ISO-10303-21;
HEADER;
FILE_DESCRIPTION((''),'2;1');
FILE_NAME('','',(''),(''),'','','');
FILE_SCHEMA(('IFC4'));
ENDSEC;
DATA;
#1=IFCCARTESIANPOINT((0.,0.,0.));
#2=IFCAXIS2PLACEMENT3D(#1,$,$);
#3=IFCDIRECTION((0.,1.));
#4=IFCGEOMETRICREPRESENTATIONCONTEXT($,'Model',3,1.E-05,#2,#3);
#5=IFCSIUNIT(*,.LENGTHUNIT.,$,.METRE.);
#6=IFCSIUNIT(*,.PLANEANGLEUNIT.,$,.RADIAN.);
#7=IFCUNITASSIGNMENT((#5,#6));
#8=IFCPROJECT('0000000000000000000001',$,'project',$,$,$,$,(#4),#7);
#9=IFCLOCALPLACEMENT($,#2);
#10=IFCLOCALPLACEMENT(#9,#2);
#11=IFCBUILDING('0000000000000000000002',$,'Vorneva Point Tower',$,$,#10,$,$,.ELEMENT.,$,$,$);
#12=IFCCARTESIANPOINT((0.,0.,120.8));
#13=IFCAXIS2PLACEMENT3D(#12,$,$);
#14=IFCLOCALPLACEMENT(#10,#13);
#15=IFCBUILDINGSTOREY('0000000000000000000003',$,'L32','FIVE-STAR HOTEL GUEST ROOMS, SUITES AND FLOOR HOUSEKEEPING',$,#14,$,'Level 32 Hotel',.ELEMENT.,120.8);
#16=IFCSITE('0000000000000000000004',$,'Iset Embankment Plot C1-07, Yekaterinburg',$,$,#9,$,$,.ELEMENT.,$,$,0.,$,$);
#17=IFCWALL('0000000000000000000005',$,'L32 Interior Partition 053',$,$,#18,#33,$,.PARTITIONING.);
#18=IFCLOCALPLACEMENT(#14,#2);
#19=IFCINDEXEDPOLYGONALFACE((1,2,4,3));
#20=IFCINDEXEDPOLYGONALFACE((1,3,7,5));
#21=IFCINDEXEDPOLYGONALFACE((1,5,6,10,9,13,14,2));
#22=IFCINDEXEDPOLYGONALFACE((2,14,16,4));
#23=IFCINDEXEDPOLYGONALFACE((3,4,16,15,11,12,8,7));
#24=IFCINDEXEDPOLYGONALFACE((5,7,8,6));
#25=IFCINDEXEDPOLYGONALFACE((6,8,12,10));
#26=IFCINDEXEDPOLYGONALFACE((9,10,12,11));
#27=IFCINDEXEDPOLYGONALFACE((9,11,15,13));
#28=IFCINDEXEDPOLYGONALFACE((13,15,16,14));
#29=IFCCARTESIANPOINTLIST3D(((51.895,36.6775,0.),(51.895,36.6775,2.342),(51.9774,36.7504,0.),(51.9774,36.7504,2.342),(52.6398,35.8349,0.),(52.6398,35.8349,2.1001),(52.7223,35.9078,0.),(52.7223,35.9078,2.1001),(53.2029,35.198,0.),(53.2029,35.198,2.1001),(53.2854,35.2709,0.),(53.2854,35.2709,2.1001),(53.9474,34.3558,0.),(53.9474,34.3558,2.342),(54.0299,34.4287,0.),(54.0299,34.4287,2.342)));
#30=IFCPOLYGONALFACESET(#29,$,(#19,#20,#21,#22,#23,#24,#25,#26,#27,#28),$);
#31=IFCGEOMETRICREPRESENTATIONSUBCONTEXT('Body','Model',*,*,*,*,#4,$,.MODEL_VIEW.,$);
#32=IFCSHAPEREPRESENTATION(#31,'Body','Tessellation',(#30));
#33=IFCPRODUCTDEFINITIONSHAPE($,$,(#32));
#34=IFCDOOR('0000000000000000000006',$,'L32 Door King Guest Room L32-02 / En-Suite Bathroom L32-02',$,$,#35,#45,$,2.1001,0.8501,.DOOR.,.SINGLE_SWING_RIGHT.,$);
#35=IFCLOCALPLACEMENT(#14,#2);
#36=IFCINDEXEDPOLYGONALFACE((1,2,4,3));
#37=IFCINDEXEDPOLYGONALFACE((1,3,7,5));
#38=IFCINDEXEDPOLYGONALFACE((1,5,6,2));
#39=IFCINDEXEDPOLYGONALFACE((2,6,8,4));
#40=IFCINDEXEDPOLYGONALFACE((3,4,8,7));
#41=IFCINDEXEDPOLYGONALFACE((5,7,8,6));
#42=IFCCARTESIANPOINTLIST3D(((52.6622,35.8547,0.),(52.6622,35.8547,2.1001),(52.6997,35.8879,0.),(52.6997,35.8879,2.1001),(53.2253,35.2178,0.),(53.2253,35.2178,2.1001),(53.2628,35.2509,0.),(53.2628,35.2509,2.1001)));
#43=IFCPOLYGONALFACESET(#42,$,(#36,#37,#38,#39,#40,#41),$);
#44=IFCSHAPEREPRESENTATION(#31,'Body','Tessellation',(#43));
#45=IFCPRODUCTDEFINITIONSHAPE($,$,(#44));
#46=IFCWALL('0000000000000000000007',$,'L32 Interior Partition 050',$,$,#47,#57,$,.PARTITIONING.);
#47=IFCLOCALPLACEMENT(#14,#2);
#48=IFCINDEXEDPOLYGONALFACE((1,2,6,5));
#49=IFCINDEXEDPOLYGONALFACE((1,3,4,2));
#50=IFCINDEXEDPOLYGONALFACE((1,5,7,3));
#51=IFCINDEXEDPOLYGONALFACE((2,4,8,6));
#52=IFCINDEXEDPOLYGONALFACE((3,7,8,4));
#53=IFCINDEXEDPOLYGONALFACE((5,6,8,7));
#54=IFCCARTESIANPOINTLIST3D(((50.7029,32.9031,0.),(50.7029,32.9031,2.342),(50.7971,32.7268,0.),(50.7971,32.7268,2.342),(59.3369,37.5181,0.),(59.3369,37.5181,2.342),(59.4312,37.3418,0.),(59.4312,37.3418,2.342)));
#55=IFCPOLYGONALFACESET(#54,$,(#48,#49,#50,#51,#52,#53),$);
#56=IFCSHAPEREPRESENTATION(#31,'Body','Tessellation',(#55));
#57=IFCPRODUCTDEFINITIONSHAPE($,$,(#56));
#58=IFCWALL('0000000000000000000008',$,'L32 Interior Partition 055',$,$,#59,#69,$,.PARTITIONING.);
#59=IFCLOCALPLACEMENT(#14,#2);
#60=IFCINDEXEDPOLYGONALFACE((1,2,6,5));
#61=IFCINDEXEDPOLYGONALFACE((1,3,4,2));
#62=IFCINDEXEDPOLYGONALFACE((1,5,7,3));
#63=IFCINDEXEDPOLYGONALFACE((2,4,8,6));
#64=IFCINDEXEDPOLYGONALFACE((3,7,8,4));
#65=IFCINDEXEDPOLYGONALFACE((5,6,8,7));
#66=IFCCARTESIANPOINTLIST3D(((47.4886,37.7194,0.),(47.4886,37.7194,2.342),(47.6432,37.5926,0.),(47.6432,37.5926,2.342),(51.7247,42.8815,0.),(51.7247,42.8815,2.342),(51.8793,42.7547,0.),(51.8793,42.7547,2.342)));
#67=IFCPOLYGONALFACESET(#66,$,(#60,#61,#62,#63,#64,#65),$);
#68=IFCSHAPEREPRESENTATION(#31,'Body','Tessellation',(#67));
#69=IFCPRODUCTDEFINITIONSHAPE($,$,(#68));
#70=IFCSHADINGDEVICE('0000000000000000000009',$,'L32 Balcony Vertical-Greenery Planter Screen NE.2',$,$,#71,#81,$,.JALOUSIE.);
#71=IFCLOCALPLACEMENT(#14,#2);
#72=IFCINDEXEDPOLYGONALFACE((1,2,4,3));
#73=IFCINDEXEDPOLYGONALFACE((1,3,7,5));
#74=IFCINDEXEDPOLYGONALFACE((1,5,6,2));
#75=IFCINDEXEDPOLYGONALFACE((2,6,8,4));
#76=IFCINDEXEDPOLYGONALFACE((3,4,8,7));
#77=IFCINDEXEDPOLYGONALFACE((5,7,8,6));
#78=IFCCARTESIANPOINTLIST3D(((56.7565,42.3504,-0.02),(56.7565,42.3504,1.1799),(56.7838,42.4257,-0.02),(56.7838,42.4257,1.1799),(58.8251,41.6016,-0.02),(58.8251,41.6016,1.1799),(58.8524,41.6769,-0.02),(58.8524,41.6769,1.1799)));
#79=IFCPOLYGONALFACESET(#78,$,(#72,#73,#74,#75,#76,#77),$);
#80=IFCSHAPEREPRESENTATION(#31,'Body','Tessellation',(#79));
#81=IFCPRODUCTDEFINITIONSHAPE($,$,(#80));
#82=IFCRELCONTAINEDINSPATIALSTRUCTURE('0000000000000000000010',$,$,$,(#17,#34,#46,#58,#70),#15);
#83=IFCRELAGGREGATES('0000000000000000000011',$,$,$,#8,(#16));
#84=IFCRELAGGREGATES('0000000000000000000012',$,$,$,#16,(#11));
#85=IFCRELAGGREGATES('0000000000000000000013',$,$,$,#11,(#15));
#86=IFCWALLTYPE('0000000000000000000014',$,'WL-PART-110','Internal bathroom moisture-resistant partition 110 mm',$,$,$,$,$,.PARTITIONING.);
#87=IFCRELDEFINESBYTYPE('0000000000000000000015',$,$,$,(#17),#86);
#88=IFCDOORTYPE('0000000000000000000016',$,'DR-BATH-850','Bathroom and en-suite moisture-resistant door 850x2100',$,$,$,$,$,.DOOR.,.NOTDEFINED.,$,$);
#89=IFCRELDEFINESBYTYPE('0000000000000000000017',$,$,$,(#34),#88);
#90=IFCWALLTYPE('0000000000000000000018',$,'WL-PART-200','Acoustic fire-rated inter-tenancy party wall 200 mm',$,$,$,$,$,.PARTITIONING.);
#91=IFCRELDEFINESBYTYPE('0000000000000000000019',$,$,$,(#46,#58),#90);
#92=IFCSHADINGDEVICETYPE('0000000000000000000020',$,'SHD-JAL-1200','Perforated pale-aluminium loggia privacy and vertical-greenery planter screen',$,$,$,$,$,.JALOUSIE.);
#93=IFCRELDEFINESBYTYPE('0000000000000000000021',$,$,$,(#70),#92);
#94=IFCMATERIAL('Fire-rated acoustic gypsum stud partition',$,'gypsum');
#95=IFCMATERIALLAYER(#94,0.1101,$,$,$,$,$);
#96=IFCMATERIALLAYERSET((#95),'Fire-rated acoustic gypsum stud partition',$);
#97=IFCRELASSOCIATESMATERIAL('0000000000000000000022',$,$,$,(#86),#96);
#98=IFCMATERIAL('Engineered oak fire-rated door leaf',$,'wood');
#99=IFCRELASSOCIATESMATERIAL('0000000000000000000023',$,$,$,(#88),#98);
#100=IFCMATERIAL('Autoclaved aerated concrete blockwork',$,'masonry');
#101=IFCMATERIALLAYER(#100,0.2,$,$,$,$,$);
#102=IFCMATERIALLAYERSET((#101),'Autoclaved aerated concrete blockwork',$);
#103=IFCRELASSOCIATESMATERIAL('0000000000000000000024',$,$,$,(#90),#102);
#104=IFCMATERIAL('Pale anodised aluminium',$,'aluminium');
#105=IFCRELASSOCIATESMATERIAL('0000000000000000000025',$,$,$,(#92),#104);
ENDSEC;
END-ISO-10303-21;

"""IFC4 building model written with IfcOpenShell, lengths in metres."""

from ifc_helpers import new_model, si_unit, direction, frame, frame_2d, origin, origin_2d, place, context, subcontext, project, spatial, rectangle, extrude, material, layer, layer_set, type_object, element, fill, save


model = new_model("IFC4")

# Units and contexts
model_context = context("Model", 3, precision=1e-05, world=origin(), true_north=direction((0.0, 1.0)))
body_context = subcontext(model_context, "Body", "Model", "MODEL_VIEW")
ifc_project = project(units=[si_unit("LENGTHUNIT", "METRE"), si_unit("PLANEANGLEUNIT", "RADIAN")], contexts=[model_context])

# Site, building, storey
site_placement = place(None, origin())
site = spatial("IfcSite", under=ifc_project, at=site_placement, Name="Iset Embankment Plot C1-07, Yekaterinburg", CompositionType="ELEMENT", RefElevation=0.0)
building_placement = place(site_placement, origin())
building = spatial("IfcBuilding", under=site, at=building_placement, Name="Vorneva Point Tower", CompositionType="ELEMENT")
storey_placement = place(building_placement, frame((0.0, 0.0, 120.8)))
storey = spatial("IfcBuildingStorey", under=building, at=storey_placement, Name="L32", Description="FIVE-STAR HOTEL GUEST ROOMS, SUITES AND FLOOR HOUSEKEEPING", LongName="Level 32 Hotel", CompositionType="ELEMENT", Elevation=120.8)

# Shared definitions
ifc_material_1 = material(Name="Pale anodised aluminium", Category="aluminium")

# Shared definitions
ifc_material_2 = material(Name="Fire-rated acoustic gypsum stud partition", Category="gypsum")
ifc_layer_1 = layer(ifc_material_2, 0.1101)
ifc_layer_set_1 = layer_set([ifc_layer_1], Name="Fire-rated acoustic gypsum stud partition")
wall_type_1 = type_object("IfcWallType", Name="WL-PART-110", Description="Internal bathroom moisture-resistant partition 110 mm", PredefinedType="PARTITIONING", material=ifc_layer_set_1)

# Wall, opening, door
wall_1_placement = place(storey_placement, frame((51.9363, 36.7139, 0.0), z_axis=(0.0, 0.0, 1.0), x_axis=(0.662322, -0.749219, 0.0)))
wall_1 = element("IfcWall", 1, at=wall_1_placement, inside=storey, type_object=wall_type_1, Name="L32 Interior Partition 053", PredefinedType="PARTITIONING", context=body_context, shape_type="SweptSolid", body=[
    extrude(rectangle(XDim=3.0989, YDim=0.1101, at=frame_2d((1.5493, 0.0))), origin(), (0.0, 0.0, 1.0), 2.342),
])
opening_1_placement = place(wall_1_placement, frame((1.1245, 0.0, 0.0)))
opening_1 = element("IfcOpeningElement", 2, at=opening_1_placement, cuts=wall_1, PredefinedType="OPENING", context=body_context, shape_type="SweptSolid", body=[
    extrude(rectangle(XDim=0.8501, YDim=2.1001, at=frame_2d((0.425, 1.05))), frame((0.0, 0.0698, 0.0), z_axis=(0.0, -1.0, 0.0), x_axis=(1.0, 0.0, 0.0)), (0.0, 0.0, 1.0), 0.1399),
])
ifc_material_3 = material(Name="Engineered oak fire-rated door leaf", Category="wood")
door_type_1 = type_object("IfcDoorType", Name="DR-BATH-850", Description="Bathroom and en-suite moisture-resistant door 850x2100", OperationType="NOTDEFINED", PredefinedType="DOOR", material=ifc_material_3)
door_1_placement = place(opening_1_placement, origin())
door_1 = element("IfcDoor", 3, at=door_1_placement, inside=storey, type_object=door_type_1, Name="L32 Door King Guest Room L32-02 / En-Suite Bathroom L32-02", OperationType="SINGLE_SWING_RIGHT", OverallHeight=2.1001, OverallWidth=0.8501, PredefinedType="DOOR", context=body_context, shape_type="SweptSolid", body=[
    extrude(rectangle(XDim=0.8501, YDim=2.1001, at=frame_2d((0.425, 1.05))), frame((0.0, 0.0249, 0.0), z_axis=(0.0, -1.0, 0.0), x_axis=(1.0, 0.0, 0.0)), (0.0, 0.0, 1.0), 0.05),
])
fill(opening_1, door_1)

# Walls
ifc_material_4 = material(Name="Autoclaved aerated concrete blockwork", Category="masonry")
ifc_layer_2 = layer(ifc_material_4, 0.2)
ifc_layer_set_2 = layer_set([ifc_layer_2], Name="Autoclaved aerated concrete blockwork")
wall_type_2 = type_object("IfcWallType", Name="WL-PART-200", Description="Acoustic fire-rated inter-tenancy party wall 200 mm", PredefinedType="PARTITIONING", material=ifc_layer_set_2)
wall_2_placement = place(storey_placement, frame((59.384, 37.4299, 0.0), z_axis=(0.0, 0.0, 1.0), x_axis=(-0.881921, -0.471397, 0.0)))
element("IfcWall", 4, at=wall_2_placement, inside=storey, type_object=wall_type_2, Name="L32 Interior Partition 050", PredefinedType="PARTITIONING", context=body_context, shape_type="SweptSolid", body=[
    extrude(rectangle(XDim=9.79, YDim=0.2, at=frame_2d((4.895, 0.0))), origin(), (0.0, 0.0, 1.0), 2.342),
])
wall_3_placement = place(storey_placement, frame((51.802, 42.8181, 0.0), z_axis=(0.0, 0.0, 1.0), x_axis=(-0.634362, -0.773036, 0.0)))
element("IfcWall", 5, at=wall_3_placement, inside=storey, type_object=wall_type_2, Name="L32 Interior Partition 055", PredefinedType="PARTITIONING", context=body_context, shape_type="SweptSolid", body=[
    extrude(rectangle(XDim=6.6777, YDim=0.2, at=frame_2d((3.3389, 0.0))), origin(), (0.0, 0.0, 1.0), 2.342),
])

# Shading device
shading_device_type = type_object("IfcShadingDeviceType", Name="SHD-JAL-1200", Description="Perforated pale-aluminium loggia privacy and vertical-greenery planter screen", PredefinedType="JALOUSIE", material=ifc_material_1)
shading_device_placement = place(storey_placement, frame((57.8044, 42.0137, -0.02), z_axis=(0.0, 0.0, 1.0), x_axis=(-0.940294, 0.340363, 0.0)))
element("IfcShadingDevice", 6, at=shading_device_placement, inside=storey, type_object=shading_device_type, Name="L32 Balcony Vertical-Greenery Planter Screen NE.2", PredefinedType="JALOUSIE", context=body_context, shape_type="SweptSolid", body=[
    extrude(rectangle(XDim=2.2, YDim=0.0801, at=origin_2d()), origin(), (0.0, 0.0, 1.0), 1.2),
])

save(model, "model.ifc")
